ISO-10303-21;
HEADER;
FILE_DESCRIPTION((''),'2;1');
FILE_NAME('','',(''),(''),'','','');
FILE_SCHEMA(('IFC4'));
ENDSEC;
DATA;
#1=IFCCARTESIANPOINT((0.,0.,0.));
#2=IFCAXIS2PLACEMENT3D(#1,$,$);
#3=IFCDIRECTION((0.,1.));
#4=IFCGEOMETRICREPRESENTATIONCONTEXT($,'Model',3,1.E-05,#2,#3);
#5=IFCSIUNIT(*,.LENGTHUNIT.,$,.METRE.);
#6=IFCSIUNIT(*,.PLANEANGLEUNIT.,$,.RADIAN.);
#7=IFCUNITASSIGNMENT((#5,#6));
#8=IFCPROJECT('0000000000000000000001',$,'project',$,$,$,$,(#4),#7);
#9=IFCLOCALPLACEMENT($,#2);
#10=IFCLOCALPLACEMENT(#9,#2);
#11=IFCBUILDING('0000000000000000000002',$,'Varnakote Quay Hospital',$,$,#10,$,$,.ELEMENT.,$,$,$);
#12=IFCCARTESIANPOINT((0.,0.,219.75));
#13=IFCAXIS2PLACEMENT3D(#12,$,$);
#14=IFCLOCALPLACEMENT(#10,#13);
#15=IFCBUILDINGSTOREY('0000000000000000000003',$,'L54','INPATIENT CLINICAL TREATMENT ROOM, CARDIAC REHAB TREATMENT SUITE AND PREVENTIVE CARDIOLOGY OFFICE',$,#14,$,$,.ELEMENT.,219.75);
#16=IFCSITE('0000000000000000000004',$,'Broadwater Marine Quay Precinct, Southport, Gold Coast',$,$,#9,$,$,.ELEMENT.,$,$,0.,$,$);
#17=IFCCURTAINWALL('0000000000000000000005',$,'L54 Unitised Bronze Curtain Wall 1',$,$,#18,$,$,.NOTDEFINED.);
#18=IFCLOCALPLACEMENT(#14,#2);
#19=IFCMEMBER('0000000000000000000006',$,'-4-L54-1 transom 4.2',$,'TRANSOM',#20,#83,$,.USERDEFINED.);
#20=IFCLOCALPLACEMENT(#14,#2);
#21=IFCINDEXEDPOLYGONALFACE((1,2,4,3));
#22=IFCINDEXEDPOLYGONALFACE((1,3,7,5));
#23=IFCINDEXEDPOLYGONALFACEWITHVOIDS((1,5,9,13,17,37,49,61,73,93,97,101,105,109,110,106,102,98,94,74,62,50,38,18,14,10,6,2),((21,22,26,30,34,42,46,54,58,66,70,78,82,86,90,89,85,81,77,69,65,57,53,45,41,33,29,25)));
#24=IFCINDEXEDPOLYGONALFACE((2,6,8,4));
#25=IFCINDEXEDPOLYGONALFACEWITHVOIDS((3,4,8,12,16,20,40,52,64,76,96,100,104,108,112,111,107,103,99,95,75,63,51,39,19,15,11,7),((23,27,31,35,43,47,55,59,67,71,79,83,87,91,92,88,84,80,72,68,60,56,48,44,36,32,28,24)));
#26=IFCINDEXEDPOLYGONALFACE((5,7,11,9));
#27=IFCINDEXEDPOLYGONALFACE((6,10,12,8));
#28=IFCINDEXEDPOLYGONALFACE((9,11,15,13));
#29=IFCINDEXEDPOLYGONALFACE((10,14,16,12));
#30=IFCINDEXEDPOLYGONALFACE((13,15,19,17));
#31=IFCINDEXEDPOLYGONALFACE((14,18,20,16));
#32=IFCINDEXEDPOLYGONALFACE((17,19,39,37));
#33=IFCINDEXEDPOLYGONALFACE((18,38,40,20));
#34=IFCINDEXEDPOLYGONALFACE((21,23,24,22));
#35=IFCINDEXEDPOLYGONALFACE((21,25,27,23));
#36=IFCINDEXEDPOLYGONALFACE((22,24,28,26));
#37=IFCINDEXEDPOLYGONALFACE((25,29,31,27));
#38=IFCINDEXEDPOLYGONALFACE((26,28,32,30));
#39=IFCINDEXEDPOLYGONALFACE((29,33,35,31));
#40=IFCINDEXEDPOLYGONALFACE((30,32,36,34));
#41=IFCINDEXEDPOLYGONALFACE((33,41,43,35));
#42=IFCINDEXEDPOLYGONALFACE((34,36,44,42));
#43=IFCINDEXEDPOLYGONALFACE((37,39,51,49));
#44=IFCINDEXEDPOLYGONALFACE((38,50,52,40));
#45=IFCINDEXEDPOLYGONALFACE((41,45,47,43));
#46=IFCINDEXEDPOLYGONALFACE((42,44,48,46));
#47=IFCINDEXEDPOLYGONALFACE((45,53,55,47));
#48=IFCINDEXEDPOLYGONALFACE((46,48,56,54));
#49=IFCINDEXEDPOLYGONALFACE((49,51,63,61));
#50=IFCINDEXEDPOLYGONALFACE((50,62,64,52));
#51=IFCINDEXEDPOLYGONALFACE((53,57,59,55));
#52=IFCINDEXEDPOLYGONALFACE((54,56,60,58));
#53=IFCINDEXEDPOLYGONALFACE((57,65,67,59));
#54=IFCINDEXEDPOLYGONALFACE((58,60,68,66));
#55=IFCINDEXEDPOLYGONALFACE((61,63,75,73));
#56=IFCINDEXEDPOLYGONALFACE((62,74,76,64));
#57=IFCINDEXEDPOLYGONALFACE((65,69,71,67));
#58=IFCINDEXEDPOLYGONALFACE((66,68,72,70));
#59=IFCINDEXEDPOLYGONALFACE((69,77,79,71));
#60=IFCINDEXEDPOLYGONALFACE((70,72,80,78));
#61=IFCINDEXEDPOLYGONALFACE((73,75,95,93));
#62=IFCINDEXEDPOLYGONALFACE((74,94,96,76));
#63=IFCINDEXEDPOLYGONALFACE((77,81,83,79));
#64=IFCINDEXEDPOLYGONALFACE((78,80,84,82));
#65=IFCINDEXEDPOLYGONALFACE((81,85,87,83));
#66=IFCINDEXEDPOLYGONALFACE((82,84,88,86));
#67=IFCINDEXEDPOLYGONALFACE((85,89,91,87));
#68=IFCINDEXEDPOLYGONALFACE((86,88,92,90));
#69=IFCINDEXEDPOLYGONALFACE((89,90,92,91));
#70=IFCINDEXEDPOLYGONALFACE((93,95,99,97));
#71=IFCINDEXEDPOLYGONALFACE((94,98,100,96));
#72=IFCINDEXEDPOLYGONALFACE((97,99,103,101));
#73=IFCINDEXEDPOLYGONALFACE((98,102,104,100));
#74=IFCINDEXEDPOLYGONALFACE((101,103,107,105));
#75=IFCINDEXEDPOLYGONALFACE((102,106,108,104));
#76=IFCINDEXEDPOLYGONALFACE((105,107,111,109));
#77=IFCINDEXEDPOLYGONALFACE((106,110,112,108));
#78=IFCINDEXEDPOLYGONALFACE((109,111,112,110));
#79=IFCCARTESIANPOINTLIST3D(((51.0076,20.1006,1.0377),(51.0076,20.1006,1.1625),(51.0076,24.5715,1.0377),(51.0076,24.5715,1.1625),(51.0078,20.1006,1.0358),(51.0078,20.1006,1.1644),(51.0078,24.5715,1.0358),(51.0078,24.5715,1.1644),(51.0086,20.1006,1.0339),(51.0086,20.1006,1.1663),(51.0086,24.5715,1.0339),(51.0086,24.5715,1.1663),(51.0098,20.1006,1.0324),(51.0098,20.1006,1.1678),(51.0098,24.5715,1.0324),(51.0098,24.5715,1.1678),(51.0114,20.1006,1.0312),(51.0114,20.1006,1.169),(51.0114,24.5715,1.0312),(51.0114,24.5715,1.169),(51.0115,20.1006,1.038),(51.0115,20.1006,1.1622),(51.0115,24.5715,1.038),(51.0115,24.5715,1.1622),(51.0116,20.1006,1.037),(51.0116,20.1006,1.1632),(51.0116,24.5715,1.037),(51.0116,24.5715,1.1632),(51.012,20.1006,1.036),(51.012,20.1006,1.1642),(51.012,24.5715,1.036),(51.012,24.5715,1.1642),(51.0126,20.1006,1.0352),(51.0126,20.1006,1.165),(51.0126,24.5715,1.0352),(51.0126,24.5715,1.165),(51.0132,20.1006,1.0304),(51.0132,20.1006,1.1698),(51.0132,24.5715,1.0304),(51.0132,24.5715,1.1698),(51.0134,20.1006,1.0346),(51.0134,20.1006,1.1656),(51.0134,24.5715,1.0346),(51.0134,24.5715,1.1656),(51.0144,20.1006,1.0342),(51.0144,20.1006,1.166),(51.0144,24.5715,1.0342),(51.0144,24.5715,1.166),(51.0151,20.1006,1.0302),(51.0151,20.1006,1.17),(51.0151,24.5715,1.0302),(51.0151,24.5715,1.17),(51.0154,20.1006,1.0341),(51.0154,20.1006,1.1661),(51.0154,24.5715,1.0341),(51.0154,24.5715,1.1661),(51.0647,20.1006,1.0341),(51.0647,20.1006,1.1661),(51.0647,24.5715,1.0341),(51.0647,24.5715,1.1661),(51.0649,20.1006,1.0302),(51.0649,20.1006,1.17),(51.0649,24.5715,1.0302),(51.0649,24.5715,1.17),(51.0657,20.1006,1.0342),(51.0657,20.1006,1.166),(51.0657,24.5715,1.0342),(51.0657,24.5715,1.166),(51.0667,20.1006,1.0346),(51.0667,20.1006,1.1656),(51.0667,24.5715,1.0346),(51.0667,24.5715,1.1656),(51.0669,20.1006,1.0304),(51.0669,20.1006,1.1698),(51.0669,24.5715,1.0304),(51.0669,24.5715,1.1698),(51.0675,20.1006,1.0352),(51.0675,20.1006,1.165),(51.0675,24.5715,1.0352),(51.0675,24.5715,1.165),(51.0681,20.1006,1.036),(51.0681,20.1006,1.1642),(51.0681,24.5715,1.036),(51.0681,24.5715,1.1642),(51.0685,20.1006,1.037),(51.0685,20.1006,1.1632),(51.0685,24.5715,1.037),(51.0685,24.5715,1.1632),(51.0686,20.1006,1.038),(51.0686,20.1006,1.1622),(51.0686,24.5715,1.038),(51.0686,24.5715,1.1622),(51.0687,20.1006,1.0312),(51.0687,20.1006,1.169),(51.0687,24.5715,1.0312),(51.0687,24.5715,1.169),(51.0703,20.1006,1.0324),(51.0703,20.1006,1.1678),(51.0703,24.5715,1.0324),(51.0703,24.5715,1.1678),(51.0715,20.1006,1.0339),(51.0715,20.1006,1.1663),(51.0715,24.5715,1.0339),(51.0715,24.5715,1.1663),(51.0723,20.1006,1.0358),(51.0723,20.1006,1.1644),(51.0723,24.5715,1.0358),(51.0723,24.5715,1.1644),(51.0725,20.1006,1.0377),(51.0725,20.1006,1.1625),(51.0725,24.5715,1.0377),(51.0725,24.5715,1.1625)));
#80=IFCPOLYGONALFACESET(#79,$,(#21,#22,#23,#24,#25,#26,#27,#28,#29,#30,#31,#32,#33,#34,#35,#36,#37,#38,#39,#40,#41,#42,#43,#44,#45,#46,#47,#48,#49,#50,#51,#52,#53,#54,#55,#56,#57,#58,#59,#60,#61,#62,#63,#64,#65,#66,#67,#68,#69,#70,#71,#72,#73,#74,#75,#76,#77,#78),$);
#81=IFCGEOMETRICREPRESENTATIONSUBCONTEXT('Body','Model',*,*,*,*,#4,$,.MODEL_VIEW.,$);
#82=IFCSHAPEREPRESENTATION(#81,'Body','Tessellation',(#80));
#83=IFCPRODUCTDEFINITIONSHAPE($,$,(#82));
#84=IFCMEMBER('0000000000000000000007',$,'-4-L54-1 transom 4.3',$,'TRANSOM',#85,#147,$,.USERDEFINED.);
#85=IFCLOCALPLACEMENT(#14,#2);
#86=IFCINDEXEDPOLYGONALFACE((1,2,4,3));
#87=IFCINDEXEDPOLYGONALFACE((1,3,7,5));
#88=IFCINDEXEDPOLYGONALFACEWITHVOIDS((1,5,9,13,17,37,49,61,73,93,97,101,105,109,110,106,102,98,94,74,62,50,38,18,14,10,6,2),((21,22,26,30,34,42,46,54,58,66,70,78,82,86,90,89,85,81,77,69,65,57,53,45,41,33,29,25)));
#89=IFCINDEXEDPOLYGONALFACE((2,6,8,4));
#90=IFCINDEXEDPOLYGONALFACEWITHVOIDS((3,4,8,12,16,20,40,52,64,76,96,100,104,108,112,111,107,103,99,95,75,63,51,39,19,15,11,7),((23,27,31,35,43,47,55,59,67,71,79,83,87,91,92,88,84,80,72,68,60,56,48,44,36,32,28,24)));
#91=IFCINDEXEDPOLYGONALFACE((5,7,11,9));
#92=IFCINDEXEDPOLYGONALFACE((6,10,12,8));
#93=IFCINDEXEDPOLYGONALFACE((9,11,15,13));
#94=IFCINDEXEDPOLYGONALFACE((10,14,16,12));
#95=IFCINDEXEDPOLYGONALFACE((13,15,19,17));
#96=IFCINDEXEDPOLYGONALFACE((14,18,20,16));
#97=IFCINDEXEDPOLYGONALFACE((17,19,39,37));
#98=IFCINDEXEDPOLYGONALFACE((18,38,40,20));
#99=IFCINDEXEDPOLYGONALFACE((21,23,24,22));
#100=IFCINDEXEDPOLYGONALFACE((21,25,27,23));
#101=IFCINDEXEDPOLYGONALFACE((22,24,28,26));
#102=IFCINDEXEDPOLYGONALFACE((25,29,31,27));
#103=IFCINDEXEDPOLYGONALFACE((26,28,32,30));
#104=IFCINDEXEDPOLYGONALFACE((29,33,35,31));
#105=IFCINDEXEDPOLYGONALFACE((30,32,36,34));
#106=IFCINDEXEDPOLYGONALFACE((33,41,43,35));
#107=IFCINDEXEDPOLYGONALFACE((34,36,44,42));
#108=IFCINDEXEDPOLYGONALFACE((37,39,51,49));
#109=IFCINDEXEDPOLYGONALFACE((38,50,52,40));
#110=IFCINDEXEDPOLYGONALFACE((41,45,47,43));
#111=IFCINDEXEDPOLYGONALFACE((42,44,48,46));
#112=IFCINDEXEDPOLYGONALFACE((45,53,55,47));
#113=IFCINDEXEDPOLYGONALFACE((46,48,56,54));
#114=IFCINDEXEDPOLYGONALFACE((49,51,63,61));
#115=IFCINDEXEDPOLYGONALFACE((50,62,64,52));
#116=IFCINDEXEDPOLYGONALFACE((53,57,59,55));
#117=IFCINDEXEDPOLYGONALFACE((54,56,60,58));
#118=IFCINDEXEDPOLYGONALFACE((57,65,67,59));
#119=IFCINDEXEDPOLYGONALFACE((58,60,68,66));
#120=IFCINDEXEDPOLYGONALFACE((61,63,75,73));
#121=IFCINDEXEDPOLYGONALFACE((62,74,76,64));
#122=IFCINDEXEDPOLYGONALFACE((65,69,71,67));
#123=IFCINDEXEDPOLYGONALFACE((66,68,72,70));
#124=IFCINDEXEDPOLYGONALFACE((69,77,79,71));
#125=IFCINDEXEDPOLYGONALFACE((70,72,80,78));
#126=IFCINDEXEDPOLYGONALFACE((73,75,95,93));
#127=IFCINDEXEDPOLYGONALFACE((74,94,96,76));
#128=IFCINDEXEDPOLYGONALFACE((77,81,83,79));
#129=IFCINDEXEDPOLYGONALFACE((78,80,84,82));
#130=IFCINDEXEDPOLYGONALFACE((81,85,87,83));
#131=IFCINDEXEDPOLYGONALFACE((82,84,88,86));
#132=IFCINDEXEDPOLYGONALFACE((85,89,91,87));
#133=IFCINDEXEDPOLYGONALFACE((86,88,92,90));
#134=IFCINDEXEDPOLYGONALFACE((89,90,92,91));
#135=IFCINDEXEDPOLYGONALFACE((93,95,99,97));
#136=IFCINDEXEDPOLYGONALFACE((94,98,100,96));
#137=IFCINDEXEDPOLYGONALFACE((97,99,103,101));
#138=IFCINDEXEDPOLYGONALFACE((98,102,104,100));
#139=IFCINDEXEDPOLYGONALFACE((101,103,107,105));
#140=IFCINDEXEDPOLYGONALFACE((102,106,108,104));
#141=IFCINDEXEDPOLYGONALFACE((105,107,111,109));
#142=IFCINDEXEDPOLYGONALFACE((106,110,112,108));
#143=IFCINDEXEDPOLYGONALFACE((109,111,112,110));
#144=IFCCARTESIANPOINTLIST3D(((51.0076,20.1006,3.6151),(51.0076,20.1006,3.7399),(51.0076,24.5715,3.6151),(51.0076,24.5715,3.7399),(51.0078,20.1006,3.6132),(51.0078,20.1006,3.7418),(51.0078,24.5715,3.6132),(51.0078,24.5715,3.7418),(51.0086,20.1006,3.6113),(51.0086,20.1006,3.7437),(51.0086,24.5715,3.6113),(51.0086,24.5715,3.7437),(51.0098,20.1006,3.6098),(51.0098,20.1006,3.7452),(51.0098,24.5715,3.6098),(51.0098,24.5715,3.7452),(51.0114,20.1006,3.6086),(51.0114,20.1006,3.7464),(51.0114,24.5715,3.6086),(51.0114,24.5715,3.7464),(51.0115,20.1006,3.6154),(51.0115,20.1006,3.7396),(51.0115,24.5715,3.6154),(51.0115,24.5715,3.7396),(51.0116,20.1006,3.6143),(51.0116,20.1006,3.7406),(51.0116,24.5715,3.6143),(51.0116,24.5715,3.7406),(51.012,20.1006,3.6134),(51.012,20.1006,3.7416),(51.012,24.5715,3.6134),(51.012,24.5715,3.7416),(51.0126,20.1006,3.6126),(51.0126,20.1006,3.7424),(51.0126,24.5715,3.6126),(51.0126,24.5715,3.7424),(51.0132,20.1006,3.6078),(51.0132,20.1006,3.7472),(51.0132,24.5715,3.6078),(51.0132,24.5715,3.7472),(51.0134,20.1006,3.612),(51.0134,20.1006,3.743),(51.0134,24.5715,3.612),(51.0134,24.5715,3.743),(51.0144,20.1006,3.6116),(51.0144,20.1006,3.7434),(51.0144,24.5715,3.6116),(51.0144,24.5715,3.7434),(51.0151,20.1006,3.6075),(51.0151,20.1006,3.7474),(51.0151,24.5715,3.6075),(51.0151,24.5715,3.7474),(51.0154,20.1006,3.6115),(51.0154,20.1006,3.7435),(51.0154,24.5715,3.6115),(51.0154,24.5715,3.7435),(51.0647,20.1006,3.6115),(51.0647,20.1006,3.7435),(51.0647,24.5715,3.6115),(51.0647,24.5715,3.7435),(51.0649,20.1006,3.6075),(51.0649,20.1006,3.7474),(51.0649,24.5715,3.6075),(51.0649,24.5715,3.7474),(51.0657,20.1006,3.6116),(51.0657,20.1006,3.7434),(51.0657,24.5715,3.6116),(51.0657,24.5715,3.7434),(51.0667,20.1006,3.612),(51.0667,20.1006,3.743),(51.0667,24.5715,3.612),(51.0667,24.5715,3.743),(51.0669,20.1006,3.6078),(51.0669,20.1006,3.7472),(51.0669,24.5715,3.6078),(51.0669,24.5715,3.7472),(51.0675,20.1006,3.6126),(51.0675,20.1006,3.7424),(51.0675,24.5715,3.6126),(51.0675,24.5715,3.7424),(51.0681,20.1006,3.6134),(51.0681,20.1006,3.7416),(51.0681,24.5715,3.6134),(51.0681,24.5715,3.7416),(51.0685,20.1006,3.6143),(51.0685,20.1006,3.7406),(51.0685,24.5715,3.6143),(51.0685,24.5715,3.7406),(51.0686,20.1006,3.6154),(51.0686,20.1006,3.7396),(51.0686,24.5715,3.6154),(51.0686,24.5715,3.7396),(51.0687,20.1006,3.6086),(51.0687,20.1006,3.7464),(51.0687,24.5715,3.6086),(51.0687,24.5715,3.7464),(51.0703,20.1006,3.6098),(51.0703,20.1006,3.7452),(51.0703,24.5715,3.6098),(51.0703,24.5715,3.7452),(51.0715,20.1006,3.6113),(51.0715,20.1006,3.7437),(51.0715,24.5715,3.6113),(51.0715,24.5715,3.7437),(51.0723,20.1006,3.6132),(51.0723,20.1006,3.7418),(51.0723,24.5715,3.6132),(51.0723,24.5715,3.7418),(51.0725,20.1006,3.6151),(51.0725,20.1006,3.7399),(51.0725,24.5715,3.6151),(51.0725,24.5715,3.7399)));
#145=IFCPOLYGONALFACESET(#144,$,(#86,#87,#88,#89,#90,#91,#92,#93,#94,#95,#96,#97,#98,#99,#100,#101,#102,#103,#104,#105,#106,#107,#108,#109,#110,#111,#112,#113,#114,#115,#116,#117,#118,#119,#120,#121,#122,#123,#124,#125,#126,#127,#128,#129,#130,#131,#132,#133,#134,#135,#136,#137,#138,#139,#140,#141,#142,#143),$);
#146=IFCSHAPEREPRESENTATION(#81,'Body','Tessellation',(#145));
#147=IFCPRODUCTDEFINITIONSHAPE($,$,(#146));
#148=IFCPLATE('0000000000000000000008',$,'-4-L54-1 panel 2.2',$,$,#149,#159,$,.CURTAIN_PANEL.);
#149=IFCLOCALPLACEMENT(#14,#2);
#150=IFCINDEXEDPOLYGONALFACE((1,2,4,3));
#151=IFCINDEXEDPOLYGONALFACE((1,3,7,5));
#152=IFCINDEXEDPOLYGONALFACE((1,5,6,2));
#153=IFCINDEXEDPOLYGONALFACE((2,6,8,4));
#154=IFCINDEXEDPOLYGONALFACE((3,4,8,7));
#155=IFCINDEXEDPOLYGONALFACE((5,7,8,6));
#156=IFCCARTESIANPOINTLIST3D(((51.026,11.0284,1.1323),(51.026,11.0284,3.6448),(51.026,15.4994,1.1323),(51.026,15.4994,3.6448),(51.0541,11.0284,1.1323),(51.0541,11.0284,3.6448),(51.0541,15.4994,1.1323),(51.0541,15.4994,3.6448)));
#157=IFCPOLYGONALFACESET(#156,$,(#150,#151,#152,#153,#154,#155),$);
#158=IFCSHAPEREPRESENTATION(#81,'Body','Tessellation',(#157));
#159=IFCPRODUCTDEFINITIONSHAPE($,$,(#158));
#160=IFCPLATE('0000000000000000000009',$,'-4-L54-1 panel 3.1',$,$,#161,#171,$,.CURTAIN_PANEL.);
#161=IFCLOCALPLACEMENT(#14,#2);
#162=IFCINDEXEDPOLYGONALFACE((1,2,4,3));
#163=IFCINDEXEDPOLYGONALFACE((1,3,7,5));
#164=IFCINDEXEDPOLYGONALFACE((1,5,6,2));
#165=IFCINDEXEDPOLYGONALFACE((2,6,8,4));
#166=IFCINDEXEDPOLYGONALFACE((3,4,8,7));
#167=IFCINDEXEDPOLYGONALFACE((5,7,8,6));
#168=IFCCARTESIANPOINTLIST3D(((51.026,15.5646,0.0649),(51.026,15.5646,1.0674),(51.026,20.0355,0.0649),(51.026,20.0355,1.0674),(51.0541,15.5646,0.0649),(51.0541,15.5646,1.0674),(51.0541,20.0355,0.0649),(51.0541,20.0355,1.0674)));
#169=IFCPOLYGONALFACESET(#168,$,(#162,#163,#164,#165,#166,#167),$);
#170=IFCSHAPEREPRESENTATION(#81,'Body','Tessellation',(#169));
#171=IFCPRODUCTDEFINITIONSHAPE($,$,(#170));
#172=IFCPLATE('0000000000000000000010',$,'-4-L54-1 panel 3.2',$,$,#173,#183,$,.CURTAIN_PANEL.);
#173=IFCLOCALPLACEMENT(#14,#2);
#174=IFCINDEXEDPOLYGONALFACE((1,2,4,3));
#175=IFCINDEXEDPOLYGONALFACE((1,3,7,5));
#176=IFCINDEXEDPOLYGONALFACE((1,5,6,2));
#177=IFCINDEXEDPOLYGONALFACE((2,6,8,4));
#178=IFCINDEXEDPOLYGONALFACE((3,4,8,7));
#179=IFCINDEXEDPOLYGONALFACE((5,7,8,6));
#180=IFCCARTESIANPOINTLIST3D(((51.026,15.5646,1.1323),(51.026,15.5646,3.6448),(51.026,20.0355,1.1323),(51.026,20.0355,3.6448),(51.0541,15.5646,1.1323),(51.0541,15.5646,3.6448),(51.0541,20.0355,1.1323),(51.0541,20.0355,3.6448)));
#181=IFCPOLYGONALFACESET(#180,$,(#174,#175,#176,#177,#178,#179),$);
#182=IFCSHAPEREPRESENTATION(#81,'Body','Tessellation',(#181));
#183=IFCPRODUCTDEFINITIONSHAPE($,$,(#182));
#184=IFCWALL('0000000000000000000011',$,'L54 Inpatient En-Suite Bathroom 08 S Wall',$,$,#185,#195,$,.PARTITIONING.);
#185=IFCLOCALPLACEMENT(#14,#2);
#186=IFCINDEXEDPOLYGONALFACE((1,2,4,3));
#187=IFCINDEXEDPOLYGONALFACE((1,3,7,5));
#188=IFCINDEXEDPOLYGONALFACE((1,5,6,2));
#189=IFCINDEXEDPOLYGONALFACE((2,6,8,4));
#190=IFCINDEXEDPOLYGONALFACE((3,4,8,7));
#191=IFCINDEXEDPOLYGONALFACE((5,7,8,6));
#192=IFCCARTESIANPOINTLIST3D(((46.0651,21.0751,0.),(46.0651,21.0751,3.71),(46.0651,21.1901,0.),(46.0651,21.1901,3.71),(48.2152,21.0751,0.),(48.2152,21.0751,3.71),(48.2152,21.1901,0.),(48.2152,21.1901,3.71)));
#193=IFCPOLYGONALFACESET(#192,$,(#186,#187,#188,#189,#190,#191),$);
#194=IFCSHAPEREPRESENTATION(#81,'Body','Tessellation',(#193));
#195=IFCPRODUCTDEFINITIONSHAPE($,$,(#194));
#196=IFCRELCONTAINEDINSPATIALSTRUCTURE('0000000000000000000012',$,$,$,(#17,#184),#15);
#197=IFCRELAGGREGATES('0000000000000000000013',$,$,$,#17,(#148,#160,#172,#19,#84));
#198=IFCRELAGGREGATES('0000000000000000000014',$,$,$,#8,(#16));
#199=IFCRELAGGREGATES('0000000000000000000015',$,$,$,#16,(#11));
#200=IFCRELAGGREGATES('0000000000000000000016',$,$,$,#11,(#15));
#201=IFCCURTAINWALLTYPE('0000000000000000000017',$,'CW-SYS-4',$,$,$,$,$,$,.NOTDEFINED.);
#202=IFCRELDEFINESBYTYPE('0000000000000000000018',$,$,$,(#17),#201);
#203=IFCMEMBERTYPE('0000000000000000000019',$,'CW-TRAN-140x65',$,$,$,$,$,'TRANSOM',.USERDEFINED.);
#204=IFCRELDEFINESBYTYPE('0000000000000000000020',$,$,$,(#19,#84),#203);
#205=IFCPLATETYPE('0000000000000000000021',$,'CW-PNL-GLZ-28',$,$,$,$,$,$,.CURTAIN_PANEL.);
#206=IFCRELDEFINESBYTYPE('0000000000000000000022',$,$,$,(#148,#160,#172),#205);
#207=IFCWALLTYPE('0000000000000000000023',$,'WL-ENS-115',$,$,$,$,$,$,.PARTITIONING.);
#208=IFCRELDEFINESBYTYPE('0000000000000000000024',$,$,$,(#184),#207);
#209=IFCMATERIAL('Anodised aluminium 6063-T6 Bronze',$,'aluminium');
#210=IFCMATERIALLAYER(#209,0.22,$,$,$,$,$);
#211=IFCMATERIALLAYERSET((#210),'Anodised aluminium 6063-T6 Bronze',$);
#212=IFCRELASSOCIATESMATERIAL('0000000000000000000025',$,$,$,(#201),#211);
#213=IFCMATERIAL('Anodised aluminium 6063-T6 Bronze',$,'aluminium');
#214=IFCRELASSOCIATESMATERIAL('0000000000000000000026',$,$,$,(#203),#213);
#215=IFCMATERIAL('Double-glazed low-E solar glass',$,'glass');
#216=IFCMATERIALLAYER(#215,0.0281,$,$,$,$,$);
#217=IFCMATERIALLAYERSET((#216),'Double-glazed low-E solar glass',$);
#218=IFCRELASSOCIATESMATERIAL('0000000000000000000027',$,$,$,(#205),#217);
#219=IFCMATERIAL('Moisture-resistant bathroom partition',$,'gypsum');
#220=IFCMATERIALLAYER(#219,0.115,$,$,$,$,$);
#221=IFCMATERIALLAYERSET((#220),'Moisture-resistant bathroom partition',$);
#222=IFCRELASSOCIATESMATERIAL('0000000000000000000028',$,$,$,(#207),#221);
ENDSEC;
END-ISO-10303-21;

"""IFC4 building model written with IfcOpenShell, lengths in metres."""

from ifc_helpers import new_model, si_unit, direction, frame, frame_2d, origin, origin_2d, place, context, subcontext, project, spatial, rectangle, hollow_rectangle, extrude, material, layer, layer_set, material_profile, profile_set, type_object, element, aggregate, save


model = new_model("IFC4")

# Units and contexts
model_context = context("Model", 3, precision=1e-05, world=origin(), true_north=direction((0.0, 1.0)))
body_context = subcontext(model_context, "Body", "Model", "MODEL_VIEW")
ifc_project = project(units=[si_unit("LENGTHUNIT", "METRE"), si_unit("PLANEANGLEUNIT", "RADIAN")], contexts=[model_context])

# Site, building, storey
site_placement = place(None, origin())
site = spatial("IfcSite", under=ifc_project, at=site_placement, Name="Broadwater Marine Quay Precinct, Southport, Gold Coast", CompositionType="ELEMENT", RefElevation=0.0)
building_placement = place(site_placement, origin())
building = spatial("IfcBuilding", under=site, at=building_placement, Name="Varnakote Quay Hospital", CompositionType="ELEMENT")
storey_placement = place(building_placement, frame((0.0, 0.0, 219.75)))
storey = spatial("IfcBuildingStorey", under=building, at=storey_placement, Name="L54", Description="INPATIENT CLINICAL TREATMENT ROOM, CARDIAC REHAB TREATMENT SUITE AND PREVENTIVE CARDIOLOGY OFFICE", CompositionType="ELEMENT", Elevation=219.75)

# Curtain wall, members, plates
ifc_material_1 = material(Name="Anodised aluminium 6063-T6 Bronze", Category="aluminium")
ifc_layer_1 = layer(ifc_material_1, 0.22)
ifc_layer_set_1 = layer_set([ifc_layer_1], Name="Anodised aluminium 6063-T6 Bronze")
curtain_wall_type = type_object("IfcCurtainWallType", Name="CW-SYS-4", PredefinedType="NOTDEFINED", material=ifc_layer_set_1)
curtain_wall_placement = place(storey_placement, origin())
curtain_wall = element("IfcCurtainWall", 1, at=curtain_wall_placement, inside=storey, type_object=curtain_wall_type, Name="L54 Unitised Bronze Curtain Wall 1", PredefinedType="NOTDEFINED")
ifc_material_2 = material(Name="Anodised aluminium 6063-T6 Bronze", Category="aluminium")
ifc_material_profile_1 = material_profile(ifc_material_2, hollow_rectangle(XDim=0.0649, YDim=0.1399, WallThickness=0.0039, InnerFilletRadius=0.0039, OuterFilletRadius=0.0076, at=origin_2d()), Name="CW-TRAN-140x65")
ifc_profile_set_1 = profile_set([ifc_material_profile_1], Name="Anodised aluminium 6063-T6 Bronze")
member_type_1 = type_object("IfcMemberType", Name="CW-TRAN-140x65", ElementType="TRANSOM", PredefinedType="USERDEFINED", material=ifc_profile_set_1)
member_1_placement = place(storey_placement, frame((51.04, 20.1006, 1.1001), z_axis=(0.0, 1.0, 0.0), x_axis=(-1.0, 0.0, 0.0)))
member_1 = element("IfcMember", 2, at=member_1_placement, type_object=member_type_1, Name="-4-L54-1 transom 4.2", ObjectType="TRANSOM", PredefinedType="USERDEFINED", context=body_context, shape_type="SweptSolid", body=[
    extrude(hollow_rectangle(XDim=0.0649, YDim=0.1399, WallThickness=0.0039, InnerFilletRadius=0.0039, OuterFilletRadius=0.0076, at=origin_2d()), origin(), (0.0, 0.0, 1.0), 4.4709),
])
member_2_placement = place(storey_placement, frame((51.04, 20.1006, 3.6775), z_axis=(0.0, 1.0, 0.0), x_axis=(-1.0, 0.0, 0.0)))
member_2 = element("IfcMember", 3, at=member_2_placement, type_object=member_type_1, Name="-4-L54-1 transom 4.3", ObjectType="TRANSOM", PredefinedType="USERDEFINED", context=body_context, shape_type="SweptSolid", body=[
    extrude(hollow_rectangle(XDim=0.0649, YDim=0.1399, WallThickness=0.0039, InnerFilletRadius=0.0039, OuterFilletRadius=0.0076, at=origin_2d()), origin(), (0.0, 0.0, 1.0), 4.4709),
])
ifc_material_3 = material(Name="Double-glazed low-E solar glass", Category="glass")
ifc_layer_2 = layer(ifc_material_3, 0.0281)
ifc_layer_set_2 = layer_set([ifc_layer_2], Name="Double-glazed low-E solar glass")
plate_type = type_object("IfcPlateType", Name="CW-PNL-GLZ-28", PredefinedType="CURTAIN_PANEL", material=ifc_layer_set_2)
plate_1_placement = place(storey_placement, frame((51.04, 13.2639, 1.1323), z_axis=(0.0, 0.0, 1.0), x_axis=(0.0, 1.0, 0.0)))
plate_1 = element("IfcPlate", 4, at=plate_1_placement, type_object=plate_type, Name="-4-L54-1 panel 2.2", PredefinedType="CURTAIN_PANEL", context=body_context, shape_type="SweptSolid", body=[
    extrude(rectangle(XDim=4.4709, YDim=0.0281, at=origin_2d()), origin(), (0.0, 0.0, 1.0), 2.5125),
])
plate_2_placement = place(storey_placement, frame((51.04, 17.8, 0.0649), z_axis=(0.0, 0.0, 1.0), x_axis=(0.0, 1.0, 0.0)))
plate_2 = element("IfcPlate", 5, at=plate_2_placement, type_object=plate_type, Name="-4-L54-1 panel 3.1", PredefinedType="CURTAIN_PANEL", context=body_context, shape_type="SweptSolid", body=[
    extrude(rectangle(XDim=4.4709, YDim=0.0281, at=origin_2d()), origin(), (0.0, 0.0, 1.0), 1.0024),
])
plate_3_placement = place(storey_placement, frame((51.04, 17.8, 1.1323), z_axis=(0.0, 0.0, 1.0), x_axis=(0.0, 1.0, 0.0)))
plate_3 = element("IfcPlate", 6, at=plate_3_placement, type_object=plate_type, Name="-4-L54-1 panel 3.2", PredefinedType="CURTAIN_PANEL", context=body_context, shape_type="SweptSolid", body=[
    extrude(rectangle(XDim=4.4709, YDim=0.0281, at=origin_2d()), origin(), (0.0, 0.0, 1.0), 2.5125),
])
aggregate(curtain_wall, [plate_1, plate_2, plate_3, member_1, member_2])

# Wall
ifc_material_4 = material(Name="Moisture-resistant bathroom partition", Category="gypsum")
ifc_layer_3 = layer(ifc_material_4, 0.115)
ifc_layer_set_3 = layer_set([ifc_layer_3], Name="Moisture-resistant bathroom partition")
wall_type_1 = type_object("IfcWallType", Name="WL-ENS-115", PredefinedType="PARTITIONING", material=ifc_layer_set_3)
wall_1_placement = place(storey_placement, frame((46.0649, 21.1326, 0.0), z_axis=(0.0, 0.0, 1.0), x_axis=(1.0, 0.0, 0.0)))
element("IfcWall", 7, at=wall_1_placement, inside=storey, type_object=wall_type_1, Name="L54 Inpatient En-Suite Bathroom 08 S Wall", PredefinedType="PARTITIONING", context=body_context, shape_type="SweptSolid", body=[
    extrude(rectangle(XDim=2.1501, YDim=0.115, at=frame_2d((1.0752, 0.0))), origin(), (0.0, 0.0, 1.0), 3.71),
])

save(model, "model.ifc")
